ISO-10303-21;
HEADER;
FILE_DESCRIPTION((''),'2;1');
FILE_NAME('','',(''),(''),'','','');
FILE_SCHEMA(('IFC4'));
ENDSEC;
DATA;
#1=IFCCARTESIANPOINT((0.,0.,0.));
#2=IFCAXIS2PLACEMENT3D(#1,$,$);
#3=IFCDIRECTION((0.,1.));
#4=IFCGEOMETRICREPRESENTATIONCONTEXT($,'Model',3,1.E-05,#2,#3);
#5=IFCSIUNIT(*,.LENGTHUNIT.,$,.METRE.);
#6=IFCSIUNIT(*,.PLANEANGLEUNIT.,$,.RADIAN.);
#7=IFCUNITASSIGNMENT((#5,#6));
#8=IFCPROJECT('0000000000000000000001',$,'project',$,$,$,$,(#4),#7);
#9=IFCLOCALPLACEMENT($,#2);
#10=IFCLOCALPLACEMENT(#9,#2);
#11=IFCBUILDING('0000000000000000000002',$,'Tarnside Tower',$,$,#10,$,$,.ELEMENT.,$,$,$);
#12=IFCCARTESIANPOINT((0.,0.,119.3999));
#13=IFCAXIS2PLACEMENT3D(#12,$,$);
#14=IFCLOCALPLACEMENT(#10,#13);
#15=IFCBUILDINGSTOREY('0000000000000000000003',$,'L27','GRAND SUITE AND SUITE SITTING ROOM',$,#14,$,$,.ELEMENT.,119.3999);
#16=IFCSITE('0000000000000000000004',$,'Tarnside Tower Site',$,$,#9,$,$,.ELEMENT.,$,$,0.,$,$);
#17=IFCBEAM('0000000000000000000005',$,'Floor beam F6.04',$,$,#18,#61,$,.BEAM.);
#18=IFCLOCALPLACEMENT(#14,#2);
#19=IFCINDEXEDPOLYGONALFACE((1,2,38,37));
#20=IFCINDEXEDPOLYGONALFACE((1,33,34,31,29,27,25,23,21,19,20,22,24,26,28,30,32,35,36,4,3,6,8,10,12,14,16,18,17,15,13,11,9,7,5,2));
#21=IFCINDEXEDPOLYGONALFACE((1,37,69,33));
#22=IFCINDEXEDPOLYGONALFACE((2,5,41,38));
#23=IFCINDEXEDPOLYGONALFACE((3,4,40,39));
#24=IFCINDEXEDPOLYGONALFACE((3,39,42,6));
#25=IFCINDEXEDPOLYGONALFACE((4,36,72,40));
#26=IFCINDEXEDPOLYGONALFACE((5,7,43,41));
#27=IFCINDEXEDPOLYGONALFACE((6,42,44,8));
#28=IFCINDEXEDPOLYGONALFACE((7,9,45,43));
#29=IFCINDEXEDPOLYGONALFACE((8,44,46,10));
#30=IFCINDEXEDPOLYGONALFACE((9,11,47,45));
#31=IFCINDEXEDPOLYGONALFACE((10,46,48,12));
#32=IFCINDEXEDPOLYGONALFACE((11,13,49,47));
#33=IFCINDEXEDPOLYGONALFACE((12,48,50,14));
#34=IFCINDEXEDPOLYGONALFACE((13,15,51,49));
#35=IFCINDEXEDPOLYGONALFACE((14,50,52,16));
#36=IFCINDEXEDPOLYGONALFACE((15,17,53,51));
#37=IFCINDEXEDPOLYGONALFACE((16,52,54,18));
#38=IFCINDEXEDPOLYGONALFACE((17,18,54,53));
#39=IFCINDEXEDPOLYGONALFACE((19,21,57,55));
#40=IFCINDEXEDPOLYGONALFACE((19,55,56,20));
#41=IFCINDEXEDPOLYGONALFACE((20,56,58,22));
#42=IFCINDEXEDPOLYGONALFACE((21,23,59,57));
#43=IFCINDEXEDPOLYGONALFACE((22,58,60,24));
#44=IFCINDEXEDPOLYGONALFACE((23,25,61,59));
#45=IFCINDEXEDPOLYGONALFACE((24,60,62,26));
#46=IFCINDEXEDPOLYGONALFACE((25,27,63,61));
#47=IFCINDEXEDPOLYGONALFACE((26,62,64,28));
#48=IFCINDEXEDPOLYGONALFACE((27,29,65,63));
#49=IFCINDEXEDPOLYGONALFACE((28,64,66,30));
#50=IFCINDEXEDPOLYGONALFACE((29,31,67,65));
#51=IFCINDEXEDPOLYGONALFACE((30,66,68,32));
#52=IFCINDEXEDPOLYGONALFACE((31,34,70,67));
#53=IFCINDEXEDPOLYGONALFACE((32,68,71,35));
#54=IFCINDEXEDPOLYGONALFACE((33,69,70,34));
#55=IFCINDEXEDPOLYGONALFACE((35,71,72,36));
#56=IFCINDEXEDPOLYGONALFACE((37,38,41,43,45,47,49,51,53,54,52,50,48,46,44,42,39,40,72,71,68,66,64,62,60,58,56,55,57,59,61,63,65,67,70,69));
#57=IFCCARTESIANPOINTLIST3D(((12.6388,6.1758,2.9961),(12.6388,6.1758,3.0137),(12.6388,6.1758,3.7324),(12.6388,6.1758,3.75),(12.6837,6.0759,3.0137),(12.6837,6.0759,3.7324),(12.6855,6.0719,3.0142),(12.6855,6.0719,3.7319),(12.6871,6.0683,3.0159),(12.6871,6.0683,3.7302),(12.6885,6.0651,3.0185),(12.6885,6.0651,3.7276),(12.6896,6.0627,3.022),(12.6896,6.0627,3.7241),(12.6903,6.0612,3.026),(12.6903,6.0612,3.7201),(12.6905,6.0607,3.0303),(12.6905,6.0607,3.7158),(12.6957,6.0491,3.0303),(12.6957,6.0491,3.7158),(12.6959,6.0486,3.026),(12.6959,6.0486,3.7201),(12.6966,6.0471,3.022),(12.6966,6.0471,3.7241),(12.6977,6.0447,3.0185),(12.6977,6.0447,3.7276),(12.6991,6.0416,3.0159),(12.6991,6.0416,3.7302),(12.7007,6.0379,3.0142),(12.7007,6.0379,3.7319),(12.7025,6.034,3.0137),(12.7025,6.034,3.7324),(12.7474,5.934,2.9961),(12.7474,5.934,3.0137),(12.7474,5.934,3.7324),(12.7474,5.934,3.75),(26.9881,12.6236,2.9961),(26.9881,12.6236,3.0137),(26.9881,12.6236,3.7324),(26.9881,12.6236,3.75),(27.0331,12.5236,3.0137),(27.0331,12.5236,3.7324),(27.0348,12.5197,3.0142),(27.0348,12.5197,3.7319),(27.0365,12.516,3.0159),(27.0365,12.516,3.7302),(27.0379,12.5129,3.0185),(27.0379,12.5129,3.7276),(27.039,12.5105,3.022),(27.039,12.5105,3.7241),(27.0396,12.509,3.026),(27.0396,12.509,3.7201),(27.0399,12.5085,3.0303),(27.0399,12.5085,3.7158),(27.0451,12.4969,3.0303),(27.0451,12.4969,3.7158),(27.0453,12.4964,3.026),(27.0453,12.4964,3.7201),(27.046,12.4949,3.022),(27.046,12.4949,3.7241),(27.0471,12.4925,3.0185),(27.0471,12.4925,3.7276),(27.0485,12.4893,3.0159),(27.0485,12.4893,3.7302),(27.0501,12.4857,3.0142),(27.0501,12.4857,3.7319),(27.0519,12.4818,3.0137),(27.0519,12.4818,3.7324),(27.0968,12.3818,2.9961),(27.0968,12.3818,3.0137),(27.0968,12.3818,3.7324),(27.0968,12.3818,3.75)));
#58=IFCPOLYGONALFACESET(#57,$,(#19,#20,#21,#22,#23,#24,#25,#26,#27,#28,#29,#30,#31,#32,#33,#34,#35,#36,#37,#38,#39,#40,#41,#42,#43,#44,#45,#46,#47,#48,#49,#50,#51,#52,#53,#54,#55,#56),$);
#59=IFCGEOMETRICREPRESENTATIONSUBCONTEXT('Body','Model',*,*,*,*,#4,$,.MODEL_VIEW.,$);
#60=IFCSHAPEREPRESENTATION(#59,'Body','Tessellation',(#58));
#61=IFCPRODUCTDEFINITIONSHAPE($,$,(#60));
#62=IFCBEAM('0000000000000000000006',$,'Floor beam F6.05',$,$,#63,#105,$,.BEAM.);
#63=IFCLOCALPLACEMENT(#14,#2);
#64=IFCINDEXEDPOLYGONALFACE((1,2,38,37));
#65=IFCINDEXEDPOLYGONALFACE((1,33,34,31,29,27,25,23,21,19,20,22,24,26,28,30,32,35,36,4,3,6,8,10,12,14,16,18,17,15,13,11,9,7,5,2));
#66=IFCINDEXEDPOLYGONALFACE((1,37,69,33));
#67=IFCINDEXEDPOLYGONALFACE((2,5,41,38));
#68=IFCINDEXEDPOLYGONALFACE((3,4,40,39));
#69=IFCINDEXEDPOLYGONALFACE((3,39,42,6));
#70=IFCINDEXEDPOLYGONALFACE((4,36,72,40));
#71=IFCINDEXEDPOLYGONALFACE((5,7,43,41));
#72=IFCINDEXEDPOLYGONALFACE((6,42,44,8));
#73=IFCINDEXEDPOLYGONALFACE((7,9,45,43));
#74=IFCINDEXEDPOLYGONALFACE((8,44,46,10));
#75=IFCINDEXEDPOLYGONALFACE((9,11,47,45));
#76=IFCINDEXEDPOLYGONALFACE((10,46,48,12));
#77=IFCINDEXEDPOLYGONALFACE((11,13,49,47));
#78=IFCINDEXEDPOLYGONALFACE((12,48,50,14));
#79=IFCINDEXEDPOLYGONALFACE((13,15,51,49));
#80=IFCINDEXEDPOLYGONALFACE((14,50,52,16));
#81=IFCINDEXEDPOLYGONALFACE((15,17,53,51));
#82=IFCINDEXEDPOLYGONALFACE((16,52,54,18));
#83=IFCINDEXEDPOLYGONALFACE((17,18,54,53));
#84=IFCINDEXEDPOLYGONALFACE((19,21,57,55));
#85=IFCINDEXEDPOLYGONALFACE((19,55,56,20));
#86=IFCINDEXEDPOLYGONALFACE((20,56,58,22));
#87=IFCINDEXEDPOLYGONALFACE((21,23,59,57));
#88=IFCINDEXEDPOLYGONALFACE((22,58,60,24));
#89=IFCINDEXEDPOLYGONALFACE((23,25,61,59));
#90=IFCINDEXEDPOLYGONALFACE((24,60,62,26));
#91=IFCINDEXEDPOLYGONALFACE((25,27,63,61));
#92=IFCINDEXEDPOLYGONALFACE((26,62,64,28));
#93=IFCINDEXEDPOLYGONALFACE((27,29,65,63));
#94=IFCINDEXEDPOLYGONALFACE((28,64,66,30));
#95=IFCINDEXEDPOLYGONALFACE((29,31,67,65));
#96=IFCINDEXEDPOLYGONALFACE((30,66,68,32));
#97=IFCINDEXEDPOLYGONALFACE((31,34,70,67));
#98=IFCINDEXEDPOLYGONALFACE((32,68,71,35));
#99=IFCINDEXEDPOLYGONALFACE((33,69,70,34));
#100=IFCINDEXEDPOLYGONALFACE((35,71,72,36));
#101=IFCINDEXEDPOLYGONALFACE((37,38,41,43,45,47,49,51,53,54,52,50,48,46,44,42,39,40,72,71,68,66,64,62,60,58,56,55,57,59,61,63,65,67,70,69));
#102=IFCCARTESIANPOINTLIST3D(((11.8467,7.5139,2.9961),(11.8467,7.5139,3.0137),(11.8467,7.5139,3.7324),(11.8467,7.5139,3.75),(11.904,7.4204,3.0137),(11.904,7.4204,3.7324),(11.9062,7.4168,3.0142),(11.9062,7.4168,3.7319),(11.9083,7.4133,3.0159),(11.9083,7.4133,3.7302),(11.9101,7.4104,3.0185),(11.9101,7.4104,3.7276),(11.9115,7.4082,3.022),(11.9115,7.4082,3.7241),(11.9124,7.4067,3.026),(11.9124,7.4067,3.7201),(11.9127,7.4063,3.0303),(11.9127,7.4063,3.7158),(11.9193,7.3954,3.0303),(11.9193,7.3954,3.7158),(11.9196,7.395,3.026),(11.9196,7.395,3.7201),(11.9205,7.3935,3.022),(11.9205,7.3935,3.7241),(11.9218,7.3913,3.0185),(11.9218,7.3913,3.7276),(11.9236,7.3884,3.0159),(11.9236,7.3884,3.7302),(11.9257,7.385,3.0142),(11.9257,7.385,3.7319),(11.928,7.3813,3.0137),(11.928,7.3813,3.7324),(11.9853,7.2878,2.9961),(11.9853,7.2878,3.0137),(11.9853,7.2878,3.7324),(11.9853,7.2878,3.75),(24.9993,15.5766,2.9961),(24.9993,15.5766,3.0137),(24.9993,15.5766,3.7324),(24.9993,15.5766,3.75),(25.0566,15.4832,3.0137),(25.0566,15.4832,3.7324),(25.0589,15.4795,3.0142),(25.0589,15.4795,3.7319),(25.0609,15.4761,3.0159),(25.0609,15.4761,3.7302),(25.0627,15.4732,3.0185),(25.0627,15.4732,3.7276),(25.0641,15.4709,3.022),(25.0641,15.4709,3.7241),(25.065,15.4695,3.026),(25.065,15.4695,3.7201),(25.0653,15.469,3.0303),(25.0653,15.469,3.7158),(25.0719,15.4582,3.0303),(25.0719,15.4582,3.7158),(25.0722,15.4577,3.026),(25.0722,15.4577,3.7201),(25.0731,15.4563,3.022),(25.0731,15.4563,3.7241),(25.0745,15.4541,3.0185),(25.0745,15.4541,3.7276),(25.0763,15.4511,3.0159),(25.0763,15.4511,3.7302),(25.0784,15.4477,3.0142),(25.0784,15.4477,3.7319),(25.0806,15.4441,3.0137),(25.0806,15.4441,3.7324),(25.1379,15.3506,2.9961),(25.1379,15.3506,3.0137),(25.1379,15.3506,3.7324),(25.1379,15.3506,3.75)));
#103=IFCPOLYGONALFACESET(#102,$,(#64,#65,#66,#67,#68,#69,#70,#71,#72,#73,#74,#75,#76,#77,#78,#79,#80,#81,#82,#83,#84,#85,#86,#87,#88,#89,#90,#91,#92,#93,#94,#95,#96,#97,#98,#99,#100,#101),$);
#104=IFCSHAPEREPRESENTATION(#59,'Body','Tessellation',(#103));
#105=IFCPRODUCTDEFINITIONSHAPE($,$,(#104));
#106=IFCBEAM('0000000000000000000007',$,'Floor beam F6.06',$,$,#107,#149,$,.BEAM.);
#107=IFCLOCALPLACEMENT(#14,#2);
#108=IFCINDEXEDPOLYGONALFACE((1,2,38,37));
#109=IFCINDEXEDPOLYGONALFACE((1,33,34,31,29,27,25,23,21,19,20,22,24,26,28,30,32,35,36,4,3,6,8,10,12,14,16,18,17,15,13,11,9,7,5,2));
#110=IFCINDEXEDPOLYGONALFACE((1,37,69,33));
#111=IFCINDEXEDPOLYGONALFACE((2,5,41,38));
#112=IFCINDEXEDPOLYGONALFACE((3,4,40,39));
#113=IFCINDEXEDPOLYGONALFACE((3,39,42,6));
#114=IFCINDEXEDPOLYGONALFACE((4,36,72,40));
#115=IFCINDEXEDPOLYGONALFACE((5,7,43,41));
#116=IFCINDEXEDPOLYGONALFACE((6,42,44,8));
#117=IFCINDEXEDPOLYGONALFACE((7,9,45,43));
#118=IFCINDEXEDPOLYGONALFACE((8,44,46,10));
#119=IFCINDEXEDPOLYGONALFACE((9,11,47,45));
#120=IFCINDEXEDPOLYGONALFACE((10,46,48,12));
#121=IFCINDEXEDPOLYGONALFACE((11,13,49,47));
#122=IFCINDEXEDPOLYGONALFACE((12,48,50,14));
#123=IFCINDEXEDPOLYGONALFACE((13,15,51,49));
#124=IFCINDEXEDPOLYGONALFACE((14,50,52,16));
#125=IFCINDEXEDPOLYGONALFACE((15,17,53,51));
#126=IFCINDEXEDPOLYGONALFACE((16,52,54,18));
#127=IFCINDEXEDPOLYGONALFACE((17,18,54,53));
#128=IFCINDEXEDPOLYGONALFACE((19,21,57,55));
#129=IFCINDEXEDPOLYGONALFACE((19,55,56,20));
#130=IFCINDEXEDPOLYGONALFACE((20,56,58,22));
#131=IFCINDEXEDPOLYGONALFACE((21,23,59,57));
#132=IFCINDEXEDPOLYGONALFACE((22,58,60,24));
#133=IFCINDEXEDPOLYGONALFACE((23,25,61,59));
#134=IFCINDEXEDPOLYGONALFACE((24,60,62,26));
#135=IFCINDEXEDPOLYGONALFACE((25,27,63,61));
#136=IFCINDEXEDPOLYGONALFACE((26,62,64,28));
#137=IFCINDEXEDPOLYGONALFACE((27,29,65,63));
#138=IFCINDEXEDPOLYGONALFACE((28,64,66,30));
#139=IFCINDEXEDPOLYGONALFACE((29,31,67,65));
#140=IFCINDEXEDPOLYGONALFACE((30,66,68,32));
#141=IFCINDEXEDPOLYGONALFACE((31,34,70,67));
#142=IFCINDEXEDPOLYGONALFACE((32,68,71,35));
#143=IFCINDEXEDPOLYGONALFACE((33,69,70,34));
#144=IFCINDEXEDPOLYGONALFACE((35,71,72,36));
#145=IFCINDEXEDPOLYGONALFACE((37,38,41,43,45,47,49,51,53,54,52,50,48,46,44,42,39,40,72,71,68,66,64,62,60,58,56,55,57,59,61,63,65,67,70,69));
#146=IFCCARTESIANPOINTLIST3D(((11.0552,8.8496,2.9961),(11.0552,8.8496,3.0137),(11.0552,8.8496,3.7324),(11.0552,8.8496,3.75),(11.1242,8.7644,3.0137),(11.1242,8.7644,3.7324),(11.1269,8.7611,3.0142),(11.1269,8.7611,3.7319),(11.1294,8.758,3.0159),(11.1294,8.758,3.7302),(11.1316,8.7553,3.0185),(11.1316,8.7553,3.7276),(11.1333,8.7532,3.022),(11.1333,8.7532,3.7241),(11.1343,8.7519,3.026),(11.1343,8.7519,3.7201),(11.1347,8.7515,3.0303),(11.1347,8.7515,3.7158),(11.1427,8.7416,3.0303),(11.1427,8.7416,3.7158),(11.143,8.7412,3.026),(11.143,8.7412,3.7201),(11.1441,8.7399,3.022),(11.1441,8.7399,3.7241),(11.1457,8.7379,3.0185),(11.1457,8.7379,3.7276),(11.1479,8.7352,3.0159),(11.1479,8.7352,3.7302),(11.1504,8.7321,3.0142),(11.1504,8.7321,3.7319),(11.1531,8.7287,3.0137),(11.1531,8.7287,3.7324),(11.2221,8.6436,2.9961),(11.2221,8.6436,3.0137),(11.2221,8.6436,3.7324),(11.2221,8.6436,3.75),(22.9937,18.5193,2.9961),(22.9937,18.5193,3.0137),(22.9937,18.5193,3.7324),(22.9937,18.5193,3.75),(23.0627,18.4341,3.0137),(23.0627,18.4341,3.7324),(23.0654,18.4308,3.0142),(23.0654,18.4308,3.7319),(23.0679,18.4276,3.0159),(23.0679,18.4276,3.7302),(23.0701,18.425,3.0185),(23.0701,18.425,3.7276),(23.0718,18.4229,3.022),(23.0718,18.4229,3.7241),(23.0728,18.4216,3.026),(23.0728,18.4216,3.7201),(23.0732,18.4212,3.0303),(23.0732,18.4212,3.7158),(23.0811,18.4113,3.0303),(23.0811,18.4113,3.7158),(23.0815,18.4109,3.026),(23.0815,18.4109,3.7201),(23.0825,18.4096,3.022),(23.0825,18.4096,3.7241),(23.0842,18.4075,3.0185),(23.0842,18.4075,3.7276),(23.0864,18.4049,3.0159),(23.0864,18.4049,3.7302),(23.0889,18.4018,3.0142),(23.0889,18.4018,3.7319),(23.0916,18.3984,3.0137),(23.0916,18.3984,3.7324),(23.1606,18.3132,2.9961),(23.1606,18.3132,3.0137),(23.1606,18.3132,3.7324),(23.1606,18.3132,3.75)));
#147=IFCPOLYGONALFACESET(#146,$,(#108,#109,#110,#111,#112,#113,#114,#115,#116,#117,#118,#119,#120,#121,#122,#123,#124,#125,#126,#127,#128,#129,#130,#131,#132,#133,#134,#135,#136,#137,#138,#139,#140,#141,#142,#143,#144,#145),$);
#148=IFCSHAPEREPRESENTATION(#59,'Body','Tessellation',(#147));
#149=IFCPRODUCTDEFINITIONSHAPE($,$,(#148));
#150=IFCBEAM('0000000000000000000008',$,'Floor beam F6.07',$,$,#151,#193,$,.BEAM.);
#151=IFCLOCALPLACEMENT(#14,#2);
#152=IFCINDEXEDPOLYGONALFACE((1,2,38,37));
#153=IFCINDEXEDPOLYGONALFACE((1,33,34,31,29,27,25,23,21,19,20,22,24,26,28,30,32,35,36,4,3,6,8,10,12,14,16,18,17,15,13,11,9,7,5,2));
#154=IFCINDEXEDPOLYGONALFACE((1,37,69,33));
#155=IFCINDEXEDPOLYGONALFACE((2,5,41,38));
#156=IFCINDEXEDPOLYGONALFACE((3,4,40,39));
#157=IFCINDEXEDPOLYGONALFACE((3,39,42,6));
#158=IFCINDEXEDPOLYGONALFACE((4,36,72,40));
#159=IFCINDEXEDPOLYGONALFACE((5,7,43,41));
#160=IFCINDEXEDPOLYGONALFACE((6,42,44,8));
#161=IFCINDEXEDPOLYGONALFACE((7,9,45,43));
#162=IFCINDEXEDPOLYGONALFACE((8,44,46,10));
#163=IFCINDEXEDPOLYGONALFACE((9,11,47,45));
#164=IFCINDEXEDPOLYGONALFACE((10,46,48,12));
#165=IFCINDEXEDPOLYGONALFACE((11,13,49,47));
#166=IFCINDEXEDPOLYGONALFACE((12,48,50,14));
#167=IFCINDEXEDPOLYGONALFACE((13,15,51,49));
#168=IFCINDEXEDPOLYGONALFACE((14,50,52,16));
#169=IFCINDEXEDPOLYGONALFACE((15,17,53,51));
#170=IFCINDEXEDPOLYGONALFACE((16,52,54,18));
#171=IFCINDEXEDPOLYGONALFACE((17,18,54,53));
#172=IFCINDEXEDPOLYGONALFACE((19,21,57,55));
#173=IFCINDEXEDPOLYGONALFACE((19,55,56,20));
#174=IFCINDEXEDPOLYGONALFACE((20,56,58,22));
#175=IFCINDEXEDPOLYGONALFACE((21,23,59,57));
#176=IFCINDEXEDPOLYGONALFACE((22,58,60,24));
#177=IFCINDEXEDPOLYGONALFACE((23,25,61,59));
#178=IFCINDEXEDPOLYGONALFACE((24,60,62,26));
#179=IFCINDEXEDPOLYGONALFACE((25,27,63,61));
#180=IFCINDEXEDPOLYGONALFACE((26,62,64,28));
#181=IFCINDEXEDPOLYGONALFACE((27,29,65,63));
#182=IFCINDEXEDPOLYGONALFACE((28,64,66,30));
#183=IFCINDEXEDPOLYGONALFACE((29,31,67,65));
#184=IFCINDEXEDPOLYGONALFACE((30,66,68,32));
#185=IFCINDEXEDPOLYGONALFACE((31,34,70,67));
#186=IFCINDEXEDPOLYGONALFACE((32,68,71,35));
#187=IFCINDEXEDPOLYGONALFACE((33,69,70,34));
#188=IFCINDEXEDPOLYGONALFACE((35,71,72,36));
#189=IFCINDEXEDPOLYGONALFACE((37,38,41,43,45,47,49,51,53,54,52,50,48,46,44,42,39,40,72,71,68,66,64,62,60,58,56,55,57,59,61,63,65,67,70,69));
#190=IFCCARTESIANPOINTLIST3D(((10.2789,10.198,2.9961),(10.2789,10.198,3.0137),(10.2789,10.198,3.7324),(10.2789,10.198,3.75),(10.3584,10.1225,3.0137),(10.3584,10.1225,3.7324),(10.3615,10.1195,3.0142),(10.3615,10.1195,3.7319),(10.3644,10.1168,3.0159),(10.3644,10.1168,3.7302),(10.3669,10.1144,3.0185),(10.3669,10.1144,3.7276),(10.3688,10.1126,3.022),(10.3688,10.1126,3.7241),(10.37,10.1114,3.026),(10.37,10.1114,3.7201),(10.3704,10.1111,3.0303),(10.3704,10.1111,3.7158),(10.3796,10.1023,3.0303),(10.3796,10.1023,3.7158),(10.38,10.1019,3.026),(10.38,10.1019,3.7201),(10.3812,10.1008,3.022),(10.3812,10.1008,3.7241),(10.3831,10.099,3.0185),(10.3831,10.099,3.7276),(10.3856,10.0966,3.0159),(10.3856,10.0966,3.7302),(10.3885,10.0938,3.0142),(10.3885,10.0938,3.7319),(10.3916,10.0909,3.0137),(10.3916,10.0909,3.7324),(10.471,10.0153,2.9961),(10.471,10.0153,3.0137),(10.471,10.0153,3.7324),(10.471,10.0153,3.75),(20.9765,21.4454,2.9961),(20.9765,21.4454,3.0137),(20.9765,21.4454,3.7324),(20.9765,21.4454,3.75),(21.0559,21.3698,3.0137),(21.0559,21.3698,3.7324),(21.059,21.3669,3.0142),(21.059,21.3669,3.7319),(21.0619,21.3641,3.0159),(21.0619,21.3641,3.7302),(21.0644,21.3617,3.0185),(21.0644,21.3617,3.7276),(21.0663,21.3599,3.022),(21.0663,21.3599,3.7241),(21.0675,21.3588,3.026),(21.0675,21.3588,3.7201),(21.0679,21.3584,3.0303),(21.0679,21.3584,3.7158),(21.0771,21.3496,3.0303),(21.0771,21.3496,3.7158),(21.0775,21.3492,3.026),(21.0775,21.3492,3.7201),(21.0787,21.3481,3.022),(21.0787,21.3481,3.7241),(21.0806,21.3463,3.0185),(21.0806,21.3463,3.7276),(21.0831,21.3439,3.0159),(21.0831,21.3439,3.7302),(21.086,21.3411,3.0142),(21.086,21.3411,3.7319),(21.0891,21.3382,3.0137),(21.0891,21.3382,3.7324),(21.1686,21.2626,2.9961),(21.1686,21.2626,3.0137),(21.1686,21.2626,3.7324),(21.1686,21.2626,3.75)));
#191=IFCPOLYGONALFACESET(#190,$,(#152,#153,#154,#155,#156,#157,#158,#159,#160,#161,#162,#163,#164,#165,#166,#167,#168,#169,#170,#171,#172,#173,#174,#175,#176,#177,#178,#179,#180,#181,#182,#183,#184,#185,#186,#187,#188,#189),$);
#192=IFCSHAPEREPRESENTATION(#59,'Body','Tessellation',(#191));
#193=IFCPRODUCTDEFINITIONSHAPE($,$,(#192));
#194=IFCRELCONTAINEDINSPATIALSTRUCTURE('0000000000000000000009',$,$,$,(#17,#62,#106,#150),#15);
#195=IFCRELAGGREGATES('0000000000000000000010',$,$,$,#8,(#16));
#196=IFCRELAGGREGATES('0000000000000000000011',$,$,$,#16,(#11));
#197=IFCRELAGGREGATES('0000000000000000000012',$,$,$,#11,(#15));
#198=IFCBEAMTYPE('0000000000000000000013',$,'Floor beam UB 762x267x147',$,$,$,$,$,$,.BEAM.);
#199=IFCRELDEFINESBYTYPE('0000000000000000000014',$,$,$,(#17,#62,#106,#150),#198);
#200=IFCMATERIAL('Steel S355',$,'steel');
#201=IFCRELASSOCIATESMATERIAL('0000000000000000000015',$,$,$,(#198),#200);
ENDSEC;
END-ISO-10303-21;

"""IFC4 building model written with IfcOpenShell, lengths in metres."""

from ifc_helpers import new_model, si_unit, direction, frame, origin, origin_2d, place, context, subcontext, project, spatial, i_section, extrude, material, material_profile, profile_set, type_object, element, save


model = new_model("IFC4")

# Units and contexts
model_context = context("Model", 3, precision=1e-05, world=origin(), true_north=direction((0.0, 1.0)))
body_context = subcontext(model_context, "Body", "Model", "MODEL_VIEW")
ifc_project = project(units=[si_unit("LENGTHUNIT", "METRE"), si_unit("PLANEANGLEUNIT", "RADIAN")], contexts=[model_context])

# Site, building, storey
site_placement = place(None, origin())
site = spatial("IfcSite", under=ifc_project, at=site_placement, Name="Tarnside Tower Site", CompositionType="ELEMENT", RefElevation=0.0)
building_placement = place(site_placement, origin())
building = spatial("IfcBuilding", under=site, at=building_placement, Name="Tarnside Tower", CompositionType="ELEMENT")
storey_placement = place(building_placement, frame((0.0, 0.0, 119.3999)))
storey = spatial("IfcBuildingStorey", under=building, at=storey_placement, Name="L27", Description="GRAND SUITE AND SUITE SITTING ROOM", CompositionType="ELEMENT", Elevation=119.3999)

# Beams
ifc_material_1 = material(Name="Steel S355", Category="steel")
ifc_material_profile_1 = material_profile(ifc_material_1, i_section(OverallWidth=0.2651, OverallDepth=0.7539, WebThickness=0.0127, FlangeThickness=0.0176, FilletRadius=0.0166, at=origin_2d()), Name="UB 762x267x147")
ifc_profile_set_1 = profile_set([ifc_material_profile_1], Name="Steel S355")
beam_type_1 = type_object("IfcBeamType", Name="Floor beam UB 762x267x147", PredefinedType="BEAM", material=ifc_profile_set_1)
beam_1_placement = place(storey_placement, frame((27.0425, 12.5027, 3.373), z_axis=(-0.912146, -0.409865, 0.0), x_axis=(0.409865, -0.912146, 0.0)))
element("IfcBeam", 1, at=beam_1_placement, inside=storey, type_object=beam_type_1, Name="Floor beam F6.04", PredefinedType="BEAM", context=body_context, shape_type="SweptSolid", body=[
    extrude(i_section(OverallWidth=0.2651, OverallDepth=0.7539, WebThickness=0.0127, FlangeThickness=0.0176, FilletRadius=0.0166, at=origin_2d()), origin(), (0.0, 0.0, 1.0), 15.7314),
])
beam_2_placement = place(storey_placement, frame((25.0686, 15.4636, 3.373), z_axis=(-0.852558, -0.522632, 0.0), x_axis=(0.522632, -0.852558, 0.0)))
element("IfcBeam", 2, at=beam_2_placement, inside=storey, type_object=beam_type_1, Name="Floor beam F6.05", PredefinedType="BEAM", context=body_context, shape_type="SweptSolid", body=[
    extrude(i_section(OverallWidth=0.2651, OverallDepth=0.7539, WebThickness=0.0127, FlangeThickness=0.0176, FilletRadius=0.0166, at=origin_2d()), origin(), (0.0, 0.0, 1.0), 15.4272),
])
beam_3_placement = place(storey_placement, frame((23.0771, 18.4163, 3.373), z_axis=(-0.777079, -0.629403, 0.0), x_axis=(0.629403, -0.777079, 0.0)))
element("IfcBeam", 3, at=beam_3_placement, inside=storey, type_object=beam_type_1, Name="Floor beam F6.06", PredefinedType="BEAM", context=body_context, shape_type="SweptSolid", body=[
    extrude(i_section(OverallWidth=0.2651, OverallDepth=0.7539, WebThickness=0.0127, FlangeThickness=0.0176, FilletRadius=0.0166, at=origin_2d()), origin(), (0.0, 0.0, 1.0), 15.3633),
])
beam_4_placement = place(storey_placement, frame((21.0725, 21.354, 3.373), z_axis=(-0.689175, -0.724595, 0.0), x_axis=(0.724595, -0.689175, 0.0)))
element("IfcBeam", 4, at=beam_4_placement, inside=storey, type_object=beam_type_1, Name="Floor beam F6.07", PredefinedType="BEAM", context=body_context, shape_type="SweptSolid", body=[
    extrude(i_section(OverallWidth=0.2651, OverallDepth=0.7539, WebThickness=0.0127, FlangeThickness=0.0176, FilletRadius=0.0166, at=origin_2d()), origin(), (0.0, 0.0, 1.0), 15.5222),
])

save(model, "model.ifc")
